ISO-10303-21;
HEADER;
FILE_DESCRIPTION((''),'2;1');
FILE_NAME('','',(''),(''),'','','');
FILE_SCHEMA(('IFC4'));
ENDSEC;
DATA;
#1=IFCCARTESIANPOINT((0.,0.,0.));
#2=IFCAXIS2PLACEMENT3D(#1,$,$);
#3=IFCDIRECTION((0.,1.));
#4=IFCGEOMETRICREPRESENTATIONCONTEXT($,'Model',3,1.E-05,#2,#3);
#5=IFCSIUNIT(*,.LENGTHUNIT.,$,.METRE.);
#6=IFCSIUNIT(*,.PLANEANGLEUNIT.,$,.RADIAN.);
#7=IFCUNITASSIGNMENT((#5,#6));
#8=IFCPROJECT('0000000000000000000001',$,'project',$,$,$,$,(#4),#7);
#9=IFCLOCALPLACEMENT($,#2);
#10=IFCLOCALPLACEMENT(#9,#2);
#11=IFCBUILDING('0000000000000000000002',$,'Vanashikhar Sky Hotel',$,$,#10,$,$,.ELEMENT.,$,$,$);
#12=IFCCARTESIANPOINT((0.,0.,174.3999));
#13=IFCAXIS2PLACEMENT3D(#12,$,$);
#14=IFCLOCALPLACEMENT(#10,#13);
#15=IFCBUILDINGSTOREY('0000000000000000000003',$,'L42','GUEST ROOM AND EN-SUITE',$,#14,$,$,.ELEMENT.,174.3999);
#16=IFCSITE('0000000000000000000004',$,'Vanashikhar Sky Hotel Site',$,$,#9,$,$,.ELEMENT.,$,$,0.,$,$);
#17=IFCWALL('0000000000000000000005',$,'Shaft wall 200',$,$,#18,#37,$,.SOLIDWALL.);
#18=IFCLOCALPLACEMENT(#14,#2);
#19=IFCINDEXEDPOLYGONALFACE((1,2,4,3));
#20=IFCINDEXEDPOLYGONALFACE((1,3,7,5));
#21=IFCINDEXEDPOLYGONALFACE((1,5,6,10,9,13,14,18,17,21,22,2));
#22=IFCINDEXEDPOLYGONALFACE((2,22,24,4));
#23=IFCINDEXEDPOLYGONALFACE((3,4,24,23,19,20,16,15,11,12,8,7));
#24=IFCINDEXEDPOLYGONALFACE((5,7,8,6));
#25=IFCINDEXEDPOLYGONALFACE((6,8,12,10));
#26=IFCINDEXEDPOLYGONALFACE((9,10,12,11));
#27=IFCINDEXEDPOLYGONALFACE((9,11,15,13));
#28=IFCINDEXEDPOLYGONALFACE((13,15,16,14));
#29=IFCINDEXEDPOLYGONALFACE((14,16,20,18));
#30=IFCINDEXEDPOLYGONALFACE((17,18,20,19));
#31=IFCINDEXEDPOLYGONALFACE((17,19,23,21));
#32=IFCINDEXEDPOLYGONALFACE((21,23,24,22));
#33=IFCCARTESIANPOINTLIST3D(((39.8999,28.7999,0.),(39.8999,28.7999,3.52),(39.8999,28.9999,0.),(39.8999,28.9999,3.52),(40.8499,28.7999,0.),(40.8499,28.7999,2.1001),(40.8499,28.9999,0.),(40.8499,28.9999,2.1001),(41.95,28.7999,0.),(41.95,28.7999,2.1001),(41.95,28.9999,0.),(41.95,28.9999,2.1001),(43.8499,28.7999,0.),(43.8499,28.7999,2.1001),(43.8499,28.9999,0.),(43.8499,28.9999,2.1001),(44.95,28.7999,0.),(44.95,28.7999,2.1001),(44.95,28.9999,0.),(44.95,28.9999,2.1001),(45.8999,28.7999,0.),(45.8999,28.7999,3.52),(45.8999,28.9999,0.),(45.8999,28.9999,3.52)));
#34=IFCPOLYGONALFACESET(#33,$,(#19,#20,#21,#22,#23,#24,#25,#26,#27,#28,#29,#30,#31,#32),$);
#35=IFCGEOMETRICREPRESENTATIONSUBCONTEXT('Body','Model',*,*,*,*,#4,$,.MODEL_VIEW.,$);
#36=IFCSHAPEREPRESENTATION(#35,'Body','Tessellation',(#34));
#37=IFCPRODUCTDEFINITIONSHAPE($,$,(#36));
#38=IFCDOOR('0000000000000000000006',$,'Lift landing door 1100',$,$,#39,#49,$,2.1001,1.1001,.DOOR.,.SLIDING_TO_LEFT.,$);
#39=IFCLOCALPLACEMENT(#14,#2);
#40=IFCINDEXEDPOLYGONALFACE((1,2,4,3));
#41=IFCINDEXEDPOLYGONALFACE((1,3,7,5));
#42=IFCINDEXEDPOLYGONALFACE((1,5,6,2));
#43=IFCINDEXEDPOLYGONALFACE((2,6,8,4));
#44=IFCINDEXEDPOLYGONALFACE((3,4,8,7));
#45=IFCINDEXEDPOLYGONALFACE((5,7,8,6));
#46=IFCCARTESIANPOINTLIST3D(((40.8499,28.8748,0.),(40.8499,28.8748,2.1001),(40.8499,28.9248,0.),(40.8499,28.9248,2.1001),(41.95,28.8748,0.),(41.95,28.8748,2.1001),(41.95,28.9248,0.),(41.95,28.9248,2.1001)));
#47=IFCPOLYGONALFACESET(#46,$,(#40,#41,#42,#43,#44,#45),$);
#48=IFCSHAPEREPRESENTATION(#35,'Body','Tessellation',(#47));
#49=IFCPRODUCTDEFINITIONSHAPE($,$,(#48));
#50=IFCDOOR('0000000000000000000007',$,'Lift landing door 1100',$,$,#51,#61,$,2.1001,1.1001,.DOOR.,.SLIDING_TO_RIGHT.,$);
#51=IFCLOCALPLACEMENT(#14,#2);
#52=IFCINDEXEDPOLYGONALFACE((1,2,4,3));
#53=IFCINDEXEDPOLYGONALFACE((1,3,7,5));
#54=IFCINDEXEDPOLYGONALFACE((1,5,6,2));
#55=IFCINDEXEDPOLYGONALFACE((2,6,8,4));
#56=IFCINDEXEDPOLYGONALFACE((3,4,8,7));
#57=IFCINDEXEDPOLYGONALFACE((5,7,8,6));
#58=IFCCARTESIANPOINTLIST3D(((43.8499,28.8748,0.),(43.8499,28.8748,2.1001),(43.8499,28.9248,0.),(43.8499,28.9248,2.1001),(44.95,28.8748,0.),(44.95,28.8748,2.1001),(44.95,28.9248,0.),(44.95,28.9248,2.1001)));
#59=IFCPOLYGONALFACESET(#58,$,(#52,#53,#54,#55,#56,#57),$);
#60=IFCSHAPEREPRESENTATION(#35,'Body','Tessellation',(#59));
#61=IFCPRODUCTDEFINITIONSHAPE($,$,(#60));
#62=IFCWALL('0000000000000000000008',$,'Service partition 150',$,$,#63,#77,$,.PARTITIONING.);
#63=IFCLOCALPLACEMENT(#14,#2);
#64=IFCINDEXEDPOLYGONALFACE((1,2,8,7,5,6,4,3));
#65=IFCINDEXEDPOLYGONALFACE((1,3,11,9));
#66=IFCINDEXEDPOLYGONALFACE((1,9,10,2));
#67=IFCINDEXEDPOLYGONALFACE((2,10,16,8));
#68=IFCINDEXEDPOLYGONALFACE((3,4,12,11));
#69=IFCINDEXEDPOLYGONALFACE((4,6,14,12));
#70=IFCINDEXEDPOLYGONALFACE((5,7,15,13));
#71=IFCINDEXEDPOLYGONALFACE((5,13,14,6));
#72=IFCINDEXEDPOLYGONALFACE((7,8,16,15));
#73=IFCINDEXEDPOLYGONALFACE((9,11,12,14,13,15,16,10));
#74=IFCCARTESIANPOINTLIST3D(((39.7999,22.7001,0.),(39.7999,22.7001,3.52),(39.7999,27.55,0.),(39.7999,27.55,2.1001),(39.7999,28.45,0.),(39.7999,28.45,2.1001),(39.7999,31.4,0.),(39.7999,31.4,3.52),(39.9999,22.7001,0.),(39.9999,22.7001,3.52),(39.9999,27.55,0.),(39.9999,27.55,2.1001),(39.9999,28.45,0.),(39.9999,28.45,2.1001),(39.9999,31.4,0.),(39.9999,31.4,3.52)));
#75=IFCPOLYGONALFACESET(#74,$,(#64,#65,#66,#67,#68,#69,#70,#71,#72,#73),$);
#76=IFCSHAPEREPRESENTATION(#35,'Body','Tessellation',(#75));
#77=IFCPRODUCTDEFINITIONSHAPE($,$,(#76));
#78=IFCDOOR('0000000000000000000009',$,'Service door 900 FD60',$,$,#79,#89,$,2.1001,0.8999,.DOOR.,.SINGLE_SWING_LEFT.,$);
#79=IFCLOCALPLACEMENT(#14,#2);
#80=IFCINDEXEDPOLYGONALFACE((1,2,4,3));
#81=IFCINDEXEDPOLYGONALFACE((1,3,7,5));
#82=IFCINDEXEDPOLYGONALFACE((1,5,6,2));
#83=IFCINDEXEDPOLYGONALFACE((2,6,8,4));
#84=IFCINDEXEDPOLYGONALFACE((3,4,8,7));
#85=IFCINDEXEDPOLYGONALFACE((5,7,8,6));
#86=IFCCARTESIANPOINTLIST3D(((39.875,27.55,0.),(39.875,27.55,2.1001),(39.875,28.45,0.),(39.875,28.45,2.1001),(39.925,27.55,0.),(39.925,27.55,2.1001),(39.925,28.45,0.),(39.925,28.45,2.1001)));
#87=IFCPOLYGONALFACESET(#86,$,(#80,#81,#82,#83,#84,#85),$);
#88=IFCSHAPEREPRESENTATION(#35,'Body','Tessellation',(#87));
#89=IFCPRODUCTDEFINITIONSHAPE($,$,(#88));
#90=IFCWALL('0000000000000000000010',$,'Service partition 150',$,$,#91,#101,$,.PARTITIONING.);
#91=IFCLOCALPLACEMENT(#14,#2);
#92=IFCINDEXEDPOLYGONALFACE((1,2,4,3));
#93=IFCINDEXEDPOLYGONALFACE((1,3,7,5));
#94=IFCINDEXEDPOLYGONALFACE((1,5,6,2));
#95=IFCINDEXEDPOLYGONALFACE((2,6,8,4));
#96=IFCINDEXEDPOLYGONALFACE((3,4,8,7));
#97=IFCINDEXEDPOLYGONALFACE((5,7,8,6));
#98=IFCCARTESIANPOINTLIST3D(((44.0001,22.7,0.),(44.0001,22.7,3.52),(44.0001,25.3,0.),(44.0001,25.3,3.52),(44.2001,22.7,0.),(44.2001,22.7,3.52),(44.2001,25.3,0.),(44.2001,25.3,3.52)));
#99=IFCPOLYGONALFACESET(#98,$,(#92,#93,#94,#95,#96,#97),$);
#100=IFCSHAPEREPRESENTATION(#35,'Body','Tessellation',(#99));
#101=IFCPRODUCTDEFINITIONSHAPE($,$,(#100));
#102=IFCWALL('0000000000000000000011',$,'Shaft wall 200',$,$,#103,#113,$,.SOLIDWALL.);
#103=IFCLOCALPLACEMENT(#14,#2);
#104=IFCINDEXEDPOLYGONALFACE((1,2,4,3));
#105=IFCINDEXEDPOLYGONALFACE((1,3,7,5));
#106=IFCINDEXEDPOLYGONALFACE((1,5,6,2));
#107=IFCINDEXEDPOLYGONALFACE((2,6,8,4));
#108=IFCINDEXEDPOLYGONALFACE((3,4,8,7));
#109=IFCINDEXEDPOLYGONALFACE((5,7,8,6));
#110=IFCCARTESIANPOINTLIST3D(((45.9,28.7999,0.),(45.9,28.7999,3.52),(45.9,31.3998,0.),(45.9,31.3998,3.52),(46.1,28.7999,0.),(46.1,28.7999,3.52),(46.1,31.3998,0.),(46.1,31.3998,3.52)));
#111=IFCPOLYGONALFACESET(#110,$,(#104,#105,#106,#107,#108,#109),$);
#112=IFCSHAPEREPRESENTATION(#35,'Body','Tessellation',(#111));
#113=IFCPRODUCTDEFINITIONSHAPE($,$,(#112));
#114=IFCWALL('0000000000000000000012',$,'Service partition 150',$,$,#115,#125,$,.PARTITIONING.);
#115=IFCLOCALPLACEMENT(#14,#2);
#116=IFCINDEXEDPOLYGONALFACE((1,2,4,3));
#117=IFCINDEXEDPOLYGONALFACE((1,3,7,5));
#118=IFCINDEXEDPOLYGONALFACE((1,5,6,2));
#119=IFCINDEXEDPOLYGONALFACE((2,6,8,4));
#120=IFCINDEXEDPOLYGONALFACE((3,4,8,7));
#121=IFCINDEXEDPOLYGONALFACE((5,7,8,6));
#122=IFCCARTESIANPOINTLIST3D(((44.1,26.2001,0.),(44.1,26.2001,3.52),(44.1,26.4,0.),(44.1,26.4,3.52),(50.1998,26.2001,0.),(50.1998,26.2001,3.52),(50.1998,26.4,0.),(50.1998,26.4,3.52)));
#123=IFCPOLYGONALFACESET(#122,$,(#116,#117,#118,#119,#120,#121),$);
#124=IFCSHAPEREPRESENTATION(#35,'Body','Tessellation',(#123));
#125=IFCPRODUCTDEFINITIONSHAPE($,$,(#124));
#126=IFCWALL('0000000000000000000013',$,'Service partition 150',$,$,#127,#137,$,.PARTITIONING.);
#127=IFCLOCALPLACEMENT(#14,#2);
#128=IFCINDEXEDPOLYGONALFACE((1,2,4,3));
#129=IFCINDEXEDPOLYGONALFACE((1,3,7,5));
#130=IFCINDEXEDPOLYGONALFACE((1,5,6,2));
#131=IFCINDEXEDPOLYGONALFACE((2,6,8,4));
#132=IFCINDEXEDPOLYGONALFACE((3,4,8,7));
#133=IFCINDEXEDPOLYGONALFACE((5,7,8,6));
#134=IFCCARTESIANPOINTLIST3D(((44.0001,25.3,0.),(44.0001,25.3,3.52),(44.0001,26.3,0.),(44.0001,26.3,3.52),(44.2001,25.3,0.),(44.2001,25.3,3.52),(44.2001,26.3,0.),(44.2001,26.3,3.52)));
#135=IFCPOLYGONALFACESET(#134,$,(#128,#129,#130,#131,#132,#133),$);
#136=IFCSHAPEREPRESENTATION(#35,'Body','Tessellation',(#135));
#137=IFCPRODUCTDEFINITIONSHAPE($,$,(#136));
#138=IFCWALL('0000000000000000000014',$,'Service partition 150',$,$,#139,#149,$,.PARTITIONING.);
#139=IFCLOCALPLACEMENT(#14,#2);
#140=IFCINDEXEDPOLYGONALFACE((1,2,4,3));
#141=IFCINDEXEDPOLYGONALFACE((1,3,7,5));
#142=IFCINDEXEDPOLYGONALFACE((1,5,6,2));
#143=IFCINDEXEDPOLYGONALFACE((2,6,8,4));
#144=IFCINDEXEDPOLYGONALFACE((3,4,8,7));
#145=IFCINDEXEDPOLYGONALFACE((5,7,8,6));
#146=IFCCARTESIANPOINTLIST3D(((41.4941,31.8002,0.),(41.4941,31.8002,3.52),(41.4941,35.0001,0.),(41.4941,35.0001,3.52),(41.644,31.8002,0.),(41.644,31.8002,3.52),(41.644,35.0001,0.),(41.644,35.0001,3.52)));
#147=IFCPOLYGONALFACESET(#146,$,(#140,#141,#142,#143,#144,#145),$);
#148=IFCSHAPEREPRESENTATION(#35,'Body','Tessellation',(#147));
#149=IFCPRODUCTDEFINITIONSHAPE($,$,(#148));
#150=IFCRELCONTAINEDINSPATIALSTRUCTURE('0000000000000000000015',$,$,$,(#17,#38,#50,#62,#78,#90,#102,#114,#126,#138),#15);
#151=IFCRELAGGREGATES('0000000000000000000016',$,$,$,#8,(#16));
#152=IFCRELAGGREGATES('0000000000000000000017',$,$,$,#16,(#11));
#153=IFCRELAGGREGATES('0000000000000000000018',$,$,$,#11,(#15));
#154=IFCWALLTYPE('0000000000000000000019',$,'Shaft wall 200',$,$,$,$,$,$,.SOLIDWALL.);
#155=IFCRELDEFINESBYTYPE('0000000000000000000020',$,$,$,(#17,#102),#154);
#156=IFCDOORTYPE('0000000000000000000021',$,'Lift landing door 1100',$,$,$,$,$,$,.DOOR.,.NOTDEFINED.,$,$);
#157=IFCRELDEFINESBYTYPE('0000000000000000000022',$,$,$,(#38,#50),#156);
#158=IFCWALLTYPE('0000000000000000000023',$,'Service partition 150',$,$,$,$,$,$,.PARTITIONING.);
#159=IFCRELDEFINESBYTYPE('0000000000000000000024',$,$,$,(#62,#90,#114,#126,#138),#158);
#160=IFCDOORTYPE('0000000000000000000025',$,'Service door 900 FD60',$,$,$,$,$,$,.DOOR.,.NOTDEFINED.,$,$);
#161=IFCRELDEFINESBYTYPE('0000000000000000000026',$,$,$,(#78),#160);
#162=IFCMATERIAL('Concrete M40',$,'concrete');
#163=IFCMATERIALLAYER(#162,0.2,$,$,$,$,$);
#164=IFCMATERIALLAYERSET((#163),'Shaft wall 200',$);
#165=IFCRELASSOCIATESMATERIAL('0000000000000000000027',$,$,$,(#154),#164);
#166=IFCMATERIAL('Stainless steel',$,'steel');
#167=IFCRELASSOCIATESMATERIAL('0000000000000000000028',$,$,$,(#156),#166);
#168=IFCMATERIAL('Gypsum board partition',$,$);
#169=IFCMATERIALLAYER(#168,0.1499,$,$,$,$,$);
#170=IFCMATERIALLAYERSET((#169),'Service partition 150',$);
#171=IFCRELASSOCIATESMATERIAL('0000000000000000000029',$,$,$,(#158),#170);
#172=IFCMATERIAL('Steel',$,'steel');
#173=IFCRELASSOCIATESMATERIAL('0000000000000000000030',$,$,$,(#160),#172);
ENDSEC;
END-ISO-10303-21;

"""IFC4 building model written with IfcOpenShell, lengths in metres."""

from ifc_helpers import new_model, si_unit, direction, frame, frame_2d, origin, place, context, subcontext, project, spatial, rectangle, extrude, source, transform, mapped, material, layer, layer_set, type_object, element, fill, save


model = new_model("IFC4")

# Units and contexts
model_context = context("Model", 3, precision=1e-05, world=origin(), true_north=direction((0.0, 1.0)))
body_context = subcontext(model_context, "Body", "Model", "MODEL_VIEW")
ifc_project = project(units=[si_unit("LENGTHUNIT", "METRE"), si_unit("PLANEANGLEUNIT", "RADIAN")], contexts=[model_context])

# Site, building, storey
site_placement = place(None, origin())
site = spatial("IfcSite", under=ifc_project, at=site_placement, Name="Vanashikhar Sky Hotel Site", CompositionType="ELEMENT", RefElevation=0.0)
building_placement = place(site_placement, origin())
building = spatial("IfcBuilding", under=site, at=building_placement, Name="Vanashikhar Sky Hotel", CompositionType="ELEMENT")
storey_placement = place(building_placement, frame((0.0, 0.0, 174.3999)))
storey = spatial("IfcBuildingStorey", under=building, at=storey_placement, Name="L42", Description="GUEST ROOM AND EN-SUITE", CompositionType="ELEMENT", Elevation=174.3999)

# Wall, openings, doors
ifc_material_1 = material(Name="Concrete M40", Category="concrete")
ifc_layer_1 = layer(ifc_material_1, 0.2)
ifc_layer_set_1 = layer_set([ifc_layer_1], Name="Shaft wall 200")
wall_type_1 = type_object("IfcWallType", Name="Shaft wall 200", PredefinedType="SOLIDWALL", material=ifc_layer_set_1)
shared_shape_1 = source(origin(), body_context, "Body", "SweptSolid", [
    extrude(rectangle(XDim=6.0, YDim=0.2, at=frame_2d((3.0, 0.0))), origin(), (0.0, 0.0, 1.0), 3.52),
])
wall_1_placement = place(storey_placement, frame((39.8999, 28.8999, 0.0), z_axis=(0.0, 0.0, 1.0), x_axis=(1.0, 0.0, 0.0)))
wall_1 = element("IfcWall", 1, at=wall_1_placement, inside=storey, type_object=wall_type_1, Name="Shaft wall 200", PredefinedType="SOLIDWALL", context=body_context, shape_type="MappedRepresentation", body=[
    mapped(shared_shape_1, transform((0.0, 0.0, 0.0), scale=1.0)),
])
shared_shape_2 = source(origin(), body_context, "Body", "SweptSolid", [
    extrude(rectangle(XDim=1.1001, YDim=2.1001, at=frame_2d((0.55, 1.05))), frame((0.0, 0.1099, 0.0), z_axis=(0.0, -1.0, 0.0), x_axis=(1.0, 0.0, 0.0)), (0.0, 0.0, 1.0), 0.22),
])
opening_1_placement = place(wall_1_placement, frame((0.95, 0.0, 0.0)))
opening_1 = element("IfcOpeningElement", 2, at=opening_1_placement, cuts=wall_1, PredefinedType="OPENING", context=body_context, shape_type="MappedRepresentation", body=[
    mapped(shared_shape_2, transform((0.0, 0.0, 0.0), scale=1.0)),
])
opening_2_placement = place(wall_1_placement, frame((3.95, 0.0, 0.0)))
opening_2 = element("IfcOpeningElement", 3, at=opening_2_placement, cuts=wall_1, PredefinedType="OPENING", context=body_context, shape_type="MappedRepresentation", body=[
    mapped(shared_shape_2, transform((0.0, 0.0, 0.0), scale=1.0)),
])
ifc_material_2 = material(Name="Stainless steel", Category="steel")
door_type_1 = type_object("IfcDoorType", Name="Lift landing door 1100", OperationType="NOTDEFINED", PredefinedType="DOOR", material=ifc_material_2)
shared_shape_3 = source(origin(), body_context, "Body", "SweptSolid", [
    extrude(rectangle(XDim=1.1001, YDim=2.1001, at=frame_2d((0.55, 1.05))), frame((0.0, 0.0249, 0.0), z_axis=(0.0, -1.0, 0.0), x_axis=(1.0, 0.0, 0.0)), (0.0, 0.0, 1.0), 0.05),
])
door_1_placement = place(opening_1_placement, origin())
door_1 = element("IfcDoor", 4, at=door_1_placement, inside=storey, type_object=door_type_1, Name="Lift landing door 1100", OperationType="SLIDING_TO_LEFT", OverallHeight=2.1001, OverallWidth=1.1001, PredefinedType="DOOR", context=body_context, shape_type="MappedRepresentation", body=[
    mapped(shared_shape_3, transform((0.0, 0.0, 0.0), scale=1.0)),
])
fill(opening_1, door_1)
door_2_placement = place(opening_2_placement, origin())
door_2 = element("IfcDoor", 5, at=door_2_placement, inside=storey, type_object=door_type_1, Name="Lift landing door 1100", OperationType="SLIDING_TO_RIGHT", OverallHeight=2.1001, OverallWidth=1.1001, PredefinedType="DOOR", context=body_context, shape_type="MappedRepresentation", body=[
    mapped(shared_shape_3, transform((0.0, 0.0, 0.0), scale=1.0)),
])
fill(opening_2, door_2)

# Wall, opening, door
ifc_material_3 = material(Name="Gypsum board partition")
ifc_layer_2 = layer(ifc_material_3, 0.1499)
ifc_layer_set_2 = layer_set([ifc_layer_2], Name="Service partition 150")
wall_type_2 = type_object("IfcWallType", Name="Service partition 150", PredefinedType="PARTITIONING", material=ifc_layer_set_2)
shared_shape_4 = source(origin(), body_context, "Body", "SweptSolid", [
    extrude(rectangle(XDim=8.7, YDim=0.2, at=frame_2d((4.3501, 0.0))), origin(), (0.0, 0.0, 1.0), 3.52),
])
wall_2_placement = place(storey_placement, frame((39.8999, 22.7, 0.0), z_axis=(0.0, 0.0, 1.0), x_axis=(0.0, 1.0, 0.0)))
wall_2 = element("IfcWall", 6, at=wall_2_placement, inside=storey, type_object=wall_type_2, Name="Service partition 150", PredefinedType="PARTITIONING", context=body_context, shape_type="MappedRepresentation", body=[
    mapped(shared_shape_4, transform((0.0, 0.0, 0.0), scale=1.0)),
])
shared_shape_5 = source(origin(), body_context, "Body", "SweptSolid", [
    extrude(rectangle(XDim=0.8999, YDim=2.1001, at=frame_2d((0.45, 1.05))), frame((0.0, 0.1099, 0.0), z_axis=(0.0, -1.0, 0.0), x_axis=(1.0, 0.0, 0.0)), (0.0, 0.0, 1.0), 0.22),
])
opening_3_placement = place(wall_2_placement, frame((4.8501, 0.0, 0.0)))
opening_3 = element("IfcOpeningElement", 7, at=opening_3_placement, cuts=wall_2, PredefinedType="OPENING", context=body_context, shape_type="MappedRepresentation", body=[
    mapped(shared_shape_5, transform((0.0, 0.0, 0.0), scale=1.0)),
])
ifc_material_4 = material(Name="Steel", Category="steel")
door_type_2 = type_object("IfcDoorType", Name="Service door 900 FD60", OperationType="NOTDEFINED", PredefinedType="DOOR", material=ifc_material_4)
shared_shape_6 = source(origin(), body_context, "Body", "SweptSolid", [
    extrude(rectangle(XDim=0.8999, YDim=2.1001, at=frame_2d((0.45, 1.05))), frame((0.0, 0.0249, 0.0), z_axis=(0.0, -1.0, 0.0), x_axis=(1.0, 0.0, 0.0)), (0.0, 0.0, 1.0), 0.05),
])
door_3_placement = place(opening_3_placement, origin())
door_3 = element("IfcDoor", 8, at=door_3_placement, inside=storey, type_object=door_type_2, Name="Service door 900 FD60", OperationType="SINGLE_SWING_LEFT", OverallHeight=2.1001, OverallWidth=0.8999, PredefinedType="DOOR", context=body_context, shape_type="MappedRepresentation", body=[
    mapped(shared_shape_6, transform((0.0, 0.0, 0.0), scale=1.0)),
])
fill(opening_3, door_3)

# Walls
shared_shape_7 = source(origin(), body_context, "Body", "SweptSolid", [
    extrude(rectangle(XDim=2.6001, YDim=0.2, at=frame_2d((1.3, 0.0))), origin(), (0.0, 0.0, 1.0), 3.52),
])
wall_3_placement = place(storey_placement, frame((44.1001, 22.7, 0.0), z_axis=(0.0, 0.0, 1.0), x_axis=(0.0, 1.0, 0.0)))
element("IfcWall", 9, at=wall_3_placement, inside=storey, type_object=wall_type_2, Name="Service partition 150", PredefinedType="PARTITIONING", context=body_context, shape_type="MappedRepresentation", body=[
    mapped(shared_shape_7, transform((0.0, 0.0, 0.0), scale=1.0)),
])
shared_shape_8 = source(origin(), body_context, "Body", "SweptSolid", [
    extrude(rectangle(XDim=2.5999, YDim=0.2, at=frame_2d((1.2998, 0.0))), origin(), (0.0, 0.0, 1.0), 3.52),
])
wall_4_placement = place(storey_placement, frame((46.0, 28.8, 0.0), z_axis=(0.0, 0.0, 1.0), x_axis=(0.0, 1.0, 0.0)))
element("IfcWall", 10, at=wall_4_placement, inside=storey, type_object=wall_type_1, Name="Shaft wall 200", PredefinedType="SOLIDWALL", context=body_context, shape_type="MappedRepresentation", body=[
    mapped(shared_shape_8, transform((0.0, 0.0, 0.0), scale=1.0)),
])
shared_shape_9 = source(origin(), body_context, "Body", "SweptSolid", [
    extrude(rectangle(XDim=6.0999, YDim=0.2, at=frame_2d((3.0498, 0.0))), origin(), (0.0, 0.0, 1.0), 3.52),
])
wall_5_placement = place(storey_placement, frame((44.1001, 26.3, 0.0), z_axis=(0.0, 0.0, 1.0), x_axis=(1.0, 0.0, 0.0)))
element("IfcWall", 11, at=wall_5_placement, inside=storey, type_object=wall_type_2, Name="Service partition 150", PredefinedType="PARTITIONING", context=body_context, shape_type="MappedRepresentation", body=[
    mapped(shared_shape_9, transform((0.0, 0.0, 0.0), scale=1.0)),
])
shared_shape_10 = source(origin(), body_context, "Body", "SweptSolid", [
    extrude(rectangle(XDim=1.0, YDim=0.2, at=frame_2d((0.5, 0.0))), origin(), (0.0, 0.0, 1.0), 3.52),
])
wall_6_placement = place(storey_placement, frame((44.1001, 25.3, 0.0), z_axis=(0.0, 0.0, 1.0), x_axis=(0.0, 1.0, 0.0)))
element("IfcWall", 12, at=wall_6_placement, inside=storey, type_object=wall_type_2, Name="Service partition 150", PredefinedType="PARTITIONING", context=body_context, shape_type="MappedRepresentation", body=[
    mapped(shared_shape_10, transform((0.0, 0.0, 0.0), scale=1.0)),
])
shared_shape_11 = source(origin(), body_context, "Body", "SweptSolid", [
    extrude(rectangle(XDim=3.2, YDim=0.1499, at=frame_2d((1.6001, 0.0))), origin(), (0.0, 0.0, 1.0), 3.52),
])
wall_7_placement = place(storey_placement, frame((41.5691, 31.8, 0.0), z_axis=(0.0, 0.0, 1.0), x_axis=(0.0, 1.0, 0.0)))
element("IfcWall", 13, at=wall_7_placement, inside=storey, type_object=wall_type_2, Name="Service partition 150", PredefinedType="PARTITIONING", context=body_context, shape_type="MappedRepresentation", body=[
    mapped(shared_shape_11, transform((0.0, 0.0, 0.0), scale=1.0)),
])

save(model, "model.ifc")
